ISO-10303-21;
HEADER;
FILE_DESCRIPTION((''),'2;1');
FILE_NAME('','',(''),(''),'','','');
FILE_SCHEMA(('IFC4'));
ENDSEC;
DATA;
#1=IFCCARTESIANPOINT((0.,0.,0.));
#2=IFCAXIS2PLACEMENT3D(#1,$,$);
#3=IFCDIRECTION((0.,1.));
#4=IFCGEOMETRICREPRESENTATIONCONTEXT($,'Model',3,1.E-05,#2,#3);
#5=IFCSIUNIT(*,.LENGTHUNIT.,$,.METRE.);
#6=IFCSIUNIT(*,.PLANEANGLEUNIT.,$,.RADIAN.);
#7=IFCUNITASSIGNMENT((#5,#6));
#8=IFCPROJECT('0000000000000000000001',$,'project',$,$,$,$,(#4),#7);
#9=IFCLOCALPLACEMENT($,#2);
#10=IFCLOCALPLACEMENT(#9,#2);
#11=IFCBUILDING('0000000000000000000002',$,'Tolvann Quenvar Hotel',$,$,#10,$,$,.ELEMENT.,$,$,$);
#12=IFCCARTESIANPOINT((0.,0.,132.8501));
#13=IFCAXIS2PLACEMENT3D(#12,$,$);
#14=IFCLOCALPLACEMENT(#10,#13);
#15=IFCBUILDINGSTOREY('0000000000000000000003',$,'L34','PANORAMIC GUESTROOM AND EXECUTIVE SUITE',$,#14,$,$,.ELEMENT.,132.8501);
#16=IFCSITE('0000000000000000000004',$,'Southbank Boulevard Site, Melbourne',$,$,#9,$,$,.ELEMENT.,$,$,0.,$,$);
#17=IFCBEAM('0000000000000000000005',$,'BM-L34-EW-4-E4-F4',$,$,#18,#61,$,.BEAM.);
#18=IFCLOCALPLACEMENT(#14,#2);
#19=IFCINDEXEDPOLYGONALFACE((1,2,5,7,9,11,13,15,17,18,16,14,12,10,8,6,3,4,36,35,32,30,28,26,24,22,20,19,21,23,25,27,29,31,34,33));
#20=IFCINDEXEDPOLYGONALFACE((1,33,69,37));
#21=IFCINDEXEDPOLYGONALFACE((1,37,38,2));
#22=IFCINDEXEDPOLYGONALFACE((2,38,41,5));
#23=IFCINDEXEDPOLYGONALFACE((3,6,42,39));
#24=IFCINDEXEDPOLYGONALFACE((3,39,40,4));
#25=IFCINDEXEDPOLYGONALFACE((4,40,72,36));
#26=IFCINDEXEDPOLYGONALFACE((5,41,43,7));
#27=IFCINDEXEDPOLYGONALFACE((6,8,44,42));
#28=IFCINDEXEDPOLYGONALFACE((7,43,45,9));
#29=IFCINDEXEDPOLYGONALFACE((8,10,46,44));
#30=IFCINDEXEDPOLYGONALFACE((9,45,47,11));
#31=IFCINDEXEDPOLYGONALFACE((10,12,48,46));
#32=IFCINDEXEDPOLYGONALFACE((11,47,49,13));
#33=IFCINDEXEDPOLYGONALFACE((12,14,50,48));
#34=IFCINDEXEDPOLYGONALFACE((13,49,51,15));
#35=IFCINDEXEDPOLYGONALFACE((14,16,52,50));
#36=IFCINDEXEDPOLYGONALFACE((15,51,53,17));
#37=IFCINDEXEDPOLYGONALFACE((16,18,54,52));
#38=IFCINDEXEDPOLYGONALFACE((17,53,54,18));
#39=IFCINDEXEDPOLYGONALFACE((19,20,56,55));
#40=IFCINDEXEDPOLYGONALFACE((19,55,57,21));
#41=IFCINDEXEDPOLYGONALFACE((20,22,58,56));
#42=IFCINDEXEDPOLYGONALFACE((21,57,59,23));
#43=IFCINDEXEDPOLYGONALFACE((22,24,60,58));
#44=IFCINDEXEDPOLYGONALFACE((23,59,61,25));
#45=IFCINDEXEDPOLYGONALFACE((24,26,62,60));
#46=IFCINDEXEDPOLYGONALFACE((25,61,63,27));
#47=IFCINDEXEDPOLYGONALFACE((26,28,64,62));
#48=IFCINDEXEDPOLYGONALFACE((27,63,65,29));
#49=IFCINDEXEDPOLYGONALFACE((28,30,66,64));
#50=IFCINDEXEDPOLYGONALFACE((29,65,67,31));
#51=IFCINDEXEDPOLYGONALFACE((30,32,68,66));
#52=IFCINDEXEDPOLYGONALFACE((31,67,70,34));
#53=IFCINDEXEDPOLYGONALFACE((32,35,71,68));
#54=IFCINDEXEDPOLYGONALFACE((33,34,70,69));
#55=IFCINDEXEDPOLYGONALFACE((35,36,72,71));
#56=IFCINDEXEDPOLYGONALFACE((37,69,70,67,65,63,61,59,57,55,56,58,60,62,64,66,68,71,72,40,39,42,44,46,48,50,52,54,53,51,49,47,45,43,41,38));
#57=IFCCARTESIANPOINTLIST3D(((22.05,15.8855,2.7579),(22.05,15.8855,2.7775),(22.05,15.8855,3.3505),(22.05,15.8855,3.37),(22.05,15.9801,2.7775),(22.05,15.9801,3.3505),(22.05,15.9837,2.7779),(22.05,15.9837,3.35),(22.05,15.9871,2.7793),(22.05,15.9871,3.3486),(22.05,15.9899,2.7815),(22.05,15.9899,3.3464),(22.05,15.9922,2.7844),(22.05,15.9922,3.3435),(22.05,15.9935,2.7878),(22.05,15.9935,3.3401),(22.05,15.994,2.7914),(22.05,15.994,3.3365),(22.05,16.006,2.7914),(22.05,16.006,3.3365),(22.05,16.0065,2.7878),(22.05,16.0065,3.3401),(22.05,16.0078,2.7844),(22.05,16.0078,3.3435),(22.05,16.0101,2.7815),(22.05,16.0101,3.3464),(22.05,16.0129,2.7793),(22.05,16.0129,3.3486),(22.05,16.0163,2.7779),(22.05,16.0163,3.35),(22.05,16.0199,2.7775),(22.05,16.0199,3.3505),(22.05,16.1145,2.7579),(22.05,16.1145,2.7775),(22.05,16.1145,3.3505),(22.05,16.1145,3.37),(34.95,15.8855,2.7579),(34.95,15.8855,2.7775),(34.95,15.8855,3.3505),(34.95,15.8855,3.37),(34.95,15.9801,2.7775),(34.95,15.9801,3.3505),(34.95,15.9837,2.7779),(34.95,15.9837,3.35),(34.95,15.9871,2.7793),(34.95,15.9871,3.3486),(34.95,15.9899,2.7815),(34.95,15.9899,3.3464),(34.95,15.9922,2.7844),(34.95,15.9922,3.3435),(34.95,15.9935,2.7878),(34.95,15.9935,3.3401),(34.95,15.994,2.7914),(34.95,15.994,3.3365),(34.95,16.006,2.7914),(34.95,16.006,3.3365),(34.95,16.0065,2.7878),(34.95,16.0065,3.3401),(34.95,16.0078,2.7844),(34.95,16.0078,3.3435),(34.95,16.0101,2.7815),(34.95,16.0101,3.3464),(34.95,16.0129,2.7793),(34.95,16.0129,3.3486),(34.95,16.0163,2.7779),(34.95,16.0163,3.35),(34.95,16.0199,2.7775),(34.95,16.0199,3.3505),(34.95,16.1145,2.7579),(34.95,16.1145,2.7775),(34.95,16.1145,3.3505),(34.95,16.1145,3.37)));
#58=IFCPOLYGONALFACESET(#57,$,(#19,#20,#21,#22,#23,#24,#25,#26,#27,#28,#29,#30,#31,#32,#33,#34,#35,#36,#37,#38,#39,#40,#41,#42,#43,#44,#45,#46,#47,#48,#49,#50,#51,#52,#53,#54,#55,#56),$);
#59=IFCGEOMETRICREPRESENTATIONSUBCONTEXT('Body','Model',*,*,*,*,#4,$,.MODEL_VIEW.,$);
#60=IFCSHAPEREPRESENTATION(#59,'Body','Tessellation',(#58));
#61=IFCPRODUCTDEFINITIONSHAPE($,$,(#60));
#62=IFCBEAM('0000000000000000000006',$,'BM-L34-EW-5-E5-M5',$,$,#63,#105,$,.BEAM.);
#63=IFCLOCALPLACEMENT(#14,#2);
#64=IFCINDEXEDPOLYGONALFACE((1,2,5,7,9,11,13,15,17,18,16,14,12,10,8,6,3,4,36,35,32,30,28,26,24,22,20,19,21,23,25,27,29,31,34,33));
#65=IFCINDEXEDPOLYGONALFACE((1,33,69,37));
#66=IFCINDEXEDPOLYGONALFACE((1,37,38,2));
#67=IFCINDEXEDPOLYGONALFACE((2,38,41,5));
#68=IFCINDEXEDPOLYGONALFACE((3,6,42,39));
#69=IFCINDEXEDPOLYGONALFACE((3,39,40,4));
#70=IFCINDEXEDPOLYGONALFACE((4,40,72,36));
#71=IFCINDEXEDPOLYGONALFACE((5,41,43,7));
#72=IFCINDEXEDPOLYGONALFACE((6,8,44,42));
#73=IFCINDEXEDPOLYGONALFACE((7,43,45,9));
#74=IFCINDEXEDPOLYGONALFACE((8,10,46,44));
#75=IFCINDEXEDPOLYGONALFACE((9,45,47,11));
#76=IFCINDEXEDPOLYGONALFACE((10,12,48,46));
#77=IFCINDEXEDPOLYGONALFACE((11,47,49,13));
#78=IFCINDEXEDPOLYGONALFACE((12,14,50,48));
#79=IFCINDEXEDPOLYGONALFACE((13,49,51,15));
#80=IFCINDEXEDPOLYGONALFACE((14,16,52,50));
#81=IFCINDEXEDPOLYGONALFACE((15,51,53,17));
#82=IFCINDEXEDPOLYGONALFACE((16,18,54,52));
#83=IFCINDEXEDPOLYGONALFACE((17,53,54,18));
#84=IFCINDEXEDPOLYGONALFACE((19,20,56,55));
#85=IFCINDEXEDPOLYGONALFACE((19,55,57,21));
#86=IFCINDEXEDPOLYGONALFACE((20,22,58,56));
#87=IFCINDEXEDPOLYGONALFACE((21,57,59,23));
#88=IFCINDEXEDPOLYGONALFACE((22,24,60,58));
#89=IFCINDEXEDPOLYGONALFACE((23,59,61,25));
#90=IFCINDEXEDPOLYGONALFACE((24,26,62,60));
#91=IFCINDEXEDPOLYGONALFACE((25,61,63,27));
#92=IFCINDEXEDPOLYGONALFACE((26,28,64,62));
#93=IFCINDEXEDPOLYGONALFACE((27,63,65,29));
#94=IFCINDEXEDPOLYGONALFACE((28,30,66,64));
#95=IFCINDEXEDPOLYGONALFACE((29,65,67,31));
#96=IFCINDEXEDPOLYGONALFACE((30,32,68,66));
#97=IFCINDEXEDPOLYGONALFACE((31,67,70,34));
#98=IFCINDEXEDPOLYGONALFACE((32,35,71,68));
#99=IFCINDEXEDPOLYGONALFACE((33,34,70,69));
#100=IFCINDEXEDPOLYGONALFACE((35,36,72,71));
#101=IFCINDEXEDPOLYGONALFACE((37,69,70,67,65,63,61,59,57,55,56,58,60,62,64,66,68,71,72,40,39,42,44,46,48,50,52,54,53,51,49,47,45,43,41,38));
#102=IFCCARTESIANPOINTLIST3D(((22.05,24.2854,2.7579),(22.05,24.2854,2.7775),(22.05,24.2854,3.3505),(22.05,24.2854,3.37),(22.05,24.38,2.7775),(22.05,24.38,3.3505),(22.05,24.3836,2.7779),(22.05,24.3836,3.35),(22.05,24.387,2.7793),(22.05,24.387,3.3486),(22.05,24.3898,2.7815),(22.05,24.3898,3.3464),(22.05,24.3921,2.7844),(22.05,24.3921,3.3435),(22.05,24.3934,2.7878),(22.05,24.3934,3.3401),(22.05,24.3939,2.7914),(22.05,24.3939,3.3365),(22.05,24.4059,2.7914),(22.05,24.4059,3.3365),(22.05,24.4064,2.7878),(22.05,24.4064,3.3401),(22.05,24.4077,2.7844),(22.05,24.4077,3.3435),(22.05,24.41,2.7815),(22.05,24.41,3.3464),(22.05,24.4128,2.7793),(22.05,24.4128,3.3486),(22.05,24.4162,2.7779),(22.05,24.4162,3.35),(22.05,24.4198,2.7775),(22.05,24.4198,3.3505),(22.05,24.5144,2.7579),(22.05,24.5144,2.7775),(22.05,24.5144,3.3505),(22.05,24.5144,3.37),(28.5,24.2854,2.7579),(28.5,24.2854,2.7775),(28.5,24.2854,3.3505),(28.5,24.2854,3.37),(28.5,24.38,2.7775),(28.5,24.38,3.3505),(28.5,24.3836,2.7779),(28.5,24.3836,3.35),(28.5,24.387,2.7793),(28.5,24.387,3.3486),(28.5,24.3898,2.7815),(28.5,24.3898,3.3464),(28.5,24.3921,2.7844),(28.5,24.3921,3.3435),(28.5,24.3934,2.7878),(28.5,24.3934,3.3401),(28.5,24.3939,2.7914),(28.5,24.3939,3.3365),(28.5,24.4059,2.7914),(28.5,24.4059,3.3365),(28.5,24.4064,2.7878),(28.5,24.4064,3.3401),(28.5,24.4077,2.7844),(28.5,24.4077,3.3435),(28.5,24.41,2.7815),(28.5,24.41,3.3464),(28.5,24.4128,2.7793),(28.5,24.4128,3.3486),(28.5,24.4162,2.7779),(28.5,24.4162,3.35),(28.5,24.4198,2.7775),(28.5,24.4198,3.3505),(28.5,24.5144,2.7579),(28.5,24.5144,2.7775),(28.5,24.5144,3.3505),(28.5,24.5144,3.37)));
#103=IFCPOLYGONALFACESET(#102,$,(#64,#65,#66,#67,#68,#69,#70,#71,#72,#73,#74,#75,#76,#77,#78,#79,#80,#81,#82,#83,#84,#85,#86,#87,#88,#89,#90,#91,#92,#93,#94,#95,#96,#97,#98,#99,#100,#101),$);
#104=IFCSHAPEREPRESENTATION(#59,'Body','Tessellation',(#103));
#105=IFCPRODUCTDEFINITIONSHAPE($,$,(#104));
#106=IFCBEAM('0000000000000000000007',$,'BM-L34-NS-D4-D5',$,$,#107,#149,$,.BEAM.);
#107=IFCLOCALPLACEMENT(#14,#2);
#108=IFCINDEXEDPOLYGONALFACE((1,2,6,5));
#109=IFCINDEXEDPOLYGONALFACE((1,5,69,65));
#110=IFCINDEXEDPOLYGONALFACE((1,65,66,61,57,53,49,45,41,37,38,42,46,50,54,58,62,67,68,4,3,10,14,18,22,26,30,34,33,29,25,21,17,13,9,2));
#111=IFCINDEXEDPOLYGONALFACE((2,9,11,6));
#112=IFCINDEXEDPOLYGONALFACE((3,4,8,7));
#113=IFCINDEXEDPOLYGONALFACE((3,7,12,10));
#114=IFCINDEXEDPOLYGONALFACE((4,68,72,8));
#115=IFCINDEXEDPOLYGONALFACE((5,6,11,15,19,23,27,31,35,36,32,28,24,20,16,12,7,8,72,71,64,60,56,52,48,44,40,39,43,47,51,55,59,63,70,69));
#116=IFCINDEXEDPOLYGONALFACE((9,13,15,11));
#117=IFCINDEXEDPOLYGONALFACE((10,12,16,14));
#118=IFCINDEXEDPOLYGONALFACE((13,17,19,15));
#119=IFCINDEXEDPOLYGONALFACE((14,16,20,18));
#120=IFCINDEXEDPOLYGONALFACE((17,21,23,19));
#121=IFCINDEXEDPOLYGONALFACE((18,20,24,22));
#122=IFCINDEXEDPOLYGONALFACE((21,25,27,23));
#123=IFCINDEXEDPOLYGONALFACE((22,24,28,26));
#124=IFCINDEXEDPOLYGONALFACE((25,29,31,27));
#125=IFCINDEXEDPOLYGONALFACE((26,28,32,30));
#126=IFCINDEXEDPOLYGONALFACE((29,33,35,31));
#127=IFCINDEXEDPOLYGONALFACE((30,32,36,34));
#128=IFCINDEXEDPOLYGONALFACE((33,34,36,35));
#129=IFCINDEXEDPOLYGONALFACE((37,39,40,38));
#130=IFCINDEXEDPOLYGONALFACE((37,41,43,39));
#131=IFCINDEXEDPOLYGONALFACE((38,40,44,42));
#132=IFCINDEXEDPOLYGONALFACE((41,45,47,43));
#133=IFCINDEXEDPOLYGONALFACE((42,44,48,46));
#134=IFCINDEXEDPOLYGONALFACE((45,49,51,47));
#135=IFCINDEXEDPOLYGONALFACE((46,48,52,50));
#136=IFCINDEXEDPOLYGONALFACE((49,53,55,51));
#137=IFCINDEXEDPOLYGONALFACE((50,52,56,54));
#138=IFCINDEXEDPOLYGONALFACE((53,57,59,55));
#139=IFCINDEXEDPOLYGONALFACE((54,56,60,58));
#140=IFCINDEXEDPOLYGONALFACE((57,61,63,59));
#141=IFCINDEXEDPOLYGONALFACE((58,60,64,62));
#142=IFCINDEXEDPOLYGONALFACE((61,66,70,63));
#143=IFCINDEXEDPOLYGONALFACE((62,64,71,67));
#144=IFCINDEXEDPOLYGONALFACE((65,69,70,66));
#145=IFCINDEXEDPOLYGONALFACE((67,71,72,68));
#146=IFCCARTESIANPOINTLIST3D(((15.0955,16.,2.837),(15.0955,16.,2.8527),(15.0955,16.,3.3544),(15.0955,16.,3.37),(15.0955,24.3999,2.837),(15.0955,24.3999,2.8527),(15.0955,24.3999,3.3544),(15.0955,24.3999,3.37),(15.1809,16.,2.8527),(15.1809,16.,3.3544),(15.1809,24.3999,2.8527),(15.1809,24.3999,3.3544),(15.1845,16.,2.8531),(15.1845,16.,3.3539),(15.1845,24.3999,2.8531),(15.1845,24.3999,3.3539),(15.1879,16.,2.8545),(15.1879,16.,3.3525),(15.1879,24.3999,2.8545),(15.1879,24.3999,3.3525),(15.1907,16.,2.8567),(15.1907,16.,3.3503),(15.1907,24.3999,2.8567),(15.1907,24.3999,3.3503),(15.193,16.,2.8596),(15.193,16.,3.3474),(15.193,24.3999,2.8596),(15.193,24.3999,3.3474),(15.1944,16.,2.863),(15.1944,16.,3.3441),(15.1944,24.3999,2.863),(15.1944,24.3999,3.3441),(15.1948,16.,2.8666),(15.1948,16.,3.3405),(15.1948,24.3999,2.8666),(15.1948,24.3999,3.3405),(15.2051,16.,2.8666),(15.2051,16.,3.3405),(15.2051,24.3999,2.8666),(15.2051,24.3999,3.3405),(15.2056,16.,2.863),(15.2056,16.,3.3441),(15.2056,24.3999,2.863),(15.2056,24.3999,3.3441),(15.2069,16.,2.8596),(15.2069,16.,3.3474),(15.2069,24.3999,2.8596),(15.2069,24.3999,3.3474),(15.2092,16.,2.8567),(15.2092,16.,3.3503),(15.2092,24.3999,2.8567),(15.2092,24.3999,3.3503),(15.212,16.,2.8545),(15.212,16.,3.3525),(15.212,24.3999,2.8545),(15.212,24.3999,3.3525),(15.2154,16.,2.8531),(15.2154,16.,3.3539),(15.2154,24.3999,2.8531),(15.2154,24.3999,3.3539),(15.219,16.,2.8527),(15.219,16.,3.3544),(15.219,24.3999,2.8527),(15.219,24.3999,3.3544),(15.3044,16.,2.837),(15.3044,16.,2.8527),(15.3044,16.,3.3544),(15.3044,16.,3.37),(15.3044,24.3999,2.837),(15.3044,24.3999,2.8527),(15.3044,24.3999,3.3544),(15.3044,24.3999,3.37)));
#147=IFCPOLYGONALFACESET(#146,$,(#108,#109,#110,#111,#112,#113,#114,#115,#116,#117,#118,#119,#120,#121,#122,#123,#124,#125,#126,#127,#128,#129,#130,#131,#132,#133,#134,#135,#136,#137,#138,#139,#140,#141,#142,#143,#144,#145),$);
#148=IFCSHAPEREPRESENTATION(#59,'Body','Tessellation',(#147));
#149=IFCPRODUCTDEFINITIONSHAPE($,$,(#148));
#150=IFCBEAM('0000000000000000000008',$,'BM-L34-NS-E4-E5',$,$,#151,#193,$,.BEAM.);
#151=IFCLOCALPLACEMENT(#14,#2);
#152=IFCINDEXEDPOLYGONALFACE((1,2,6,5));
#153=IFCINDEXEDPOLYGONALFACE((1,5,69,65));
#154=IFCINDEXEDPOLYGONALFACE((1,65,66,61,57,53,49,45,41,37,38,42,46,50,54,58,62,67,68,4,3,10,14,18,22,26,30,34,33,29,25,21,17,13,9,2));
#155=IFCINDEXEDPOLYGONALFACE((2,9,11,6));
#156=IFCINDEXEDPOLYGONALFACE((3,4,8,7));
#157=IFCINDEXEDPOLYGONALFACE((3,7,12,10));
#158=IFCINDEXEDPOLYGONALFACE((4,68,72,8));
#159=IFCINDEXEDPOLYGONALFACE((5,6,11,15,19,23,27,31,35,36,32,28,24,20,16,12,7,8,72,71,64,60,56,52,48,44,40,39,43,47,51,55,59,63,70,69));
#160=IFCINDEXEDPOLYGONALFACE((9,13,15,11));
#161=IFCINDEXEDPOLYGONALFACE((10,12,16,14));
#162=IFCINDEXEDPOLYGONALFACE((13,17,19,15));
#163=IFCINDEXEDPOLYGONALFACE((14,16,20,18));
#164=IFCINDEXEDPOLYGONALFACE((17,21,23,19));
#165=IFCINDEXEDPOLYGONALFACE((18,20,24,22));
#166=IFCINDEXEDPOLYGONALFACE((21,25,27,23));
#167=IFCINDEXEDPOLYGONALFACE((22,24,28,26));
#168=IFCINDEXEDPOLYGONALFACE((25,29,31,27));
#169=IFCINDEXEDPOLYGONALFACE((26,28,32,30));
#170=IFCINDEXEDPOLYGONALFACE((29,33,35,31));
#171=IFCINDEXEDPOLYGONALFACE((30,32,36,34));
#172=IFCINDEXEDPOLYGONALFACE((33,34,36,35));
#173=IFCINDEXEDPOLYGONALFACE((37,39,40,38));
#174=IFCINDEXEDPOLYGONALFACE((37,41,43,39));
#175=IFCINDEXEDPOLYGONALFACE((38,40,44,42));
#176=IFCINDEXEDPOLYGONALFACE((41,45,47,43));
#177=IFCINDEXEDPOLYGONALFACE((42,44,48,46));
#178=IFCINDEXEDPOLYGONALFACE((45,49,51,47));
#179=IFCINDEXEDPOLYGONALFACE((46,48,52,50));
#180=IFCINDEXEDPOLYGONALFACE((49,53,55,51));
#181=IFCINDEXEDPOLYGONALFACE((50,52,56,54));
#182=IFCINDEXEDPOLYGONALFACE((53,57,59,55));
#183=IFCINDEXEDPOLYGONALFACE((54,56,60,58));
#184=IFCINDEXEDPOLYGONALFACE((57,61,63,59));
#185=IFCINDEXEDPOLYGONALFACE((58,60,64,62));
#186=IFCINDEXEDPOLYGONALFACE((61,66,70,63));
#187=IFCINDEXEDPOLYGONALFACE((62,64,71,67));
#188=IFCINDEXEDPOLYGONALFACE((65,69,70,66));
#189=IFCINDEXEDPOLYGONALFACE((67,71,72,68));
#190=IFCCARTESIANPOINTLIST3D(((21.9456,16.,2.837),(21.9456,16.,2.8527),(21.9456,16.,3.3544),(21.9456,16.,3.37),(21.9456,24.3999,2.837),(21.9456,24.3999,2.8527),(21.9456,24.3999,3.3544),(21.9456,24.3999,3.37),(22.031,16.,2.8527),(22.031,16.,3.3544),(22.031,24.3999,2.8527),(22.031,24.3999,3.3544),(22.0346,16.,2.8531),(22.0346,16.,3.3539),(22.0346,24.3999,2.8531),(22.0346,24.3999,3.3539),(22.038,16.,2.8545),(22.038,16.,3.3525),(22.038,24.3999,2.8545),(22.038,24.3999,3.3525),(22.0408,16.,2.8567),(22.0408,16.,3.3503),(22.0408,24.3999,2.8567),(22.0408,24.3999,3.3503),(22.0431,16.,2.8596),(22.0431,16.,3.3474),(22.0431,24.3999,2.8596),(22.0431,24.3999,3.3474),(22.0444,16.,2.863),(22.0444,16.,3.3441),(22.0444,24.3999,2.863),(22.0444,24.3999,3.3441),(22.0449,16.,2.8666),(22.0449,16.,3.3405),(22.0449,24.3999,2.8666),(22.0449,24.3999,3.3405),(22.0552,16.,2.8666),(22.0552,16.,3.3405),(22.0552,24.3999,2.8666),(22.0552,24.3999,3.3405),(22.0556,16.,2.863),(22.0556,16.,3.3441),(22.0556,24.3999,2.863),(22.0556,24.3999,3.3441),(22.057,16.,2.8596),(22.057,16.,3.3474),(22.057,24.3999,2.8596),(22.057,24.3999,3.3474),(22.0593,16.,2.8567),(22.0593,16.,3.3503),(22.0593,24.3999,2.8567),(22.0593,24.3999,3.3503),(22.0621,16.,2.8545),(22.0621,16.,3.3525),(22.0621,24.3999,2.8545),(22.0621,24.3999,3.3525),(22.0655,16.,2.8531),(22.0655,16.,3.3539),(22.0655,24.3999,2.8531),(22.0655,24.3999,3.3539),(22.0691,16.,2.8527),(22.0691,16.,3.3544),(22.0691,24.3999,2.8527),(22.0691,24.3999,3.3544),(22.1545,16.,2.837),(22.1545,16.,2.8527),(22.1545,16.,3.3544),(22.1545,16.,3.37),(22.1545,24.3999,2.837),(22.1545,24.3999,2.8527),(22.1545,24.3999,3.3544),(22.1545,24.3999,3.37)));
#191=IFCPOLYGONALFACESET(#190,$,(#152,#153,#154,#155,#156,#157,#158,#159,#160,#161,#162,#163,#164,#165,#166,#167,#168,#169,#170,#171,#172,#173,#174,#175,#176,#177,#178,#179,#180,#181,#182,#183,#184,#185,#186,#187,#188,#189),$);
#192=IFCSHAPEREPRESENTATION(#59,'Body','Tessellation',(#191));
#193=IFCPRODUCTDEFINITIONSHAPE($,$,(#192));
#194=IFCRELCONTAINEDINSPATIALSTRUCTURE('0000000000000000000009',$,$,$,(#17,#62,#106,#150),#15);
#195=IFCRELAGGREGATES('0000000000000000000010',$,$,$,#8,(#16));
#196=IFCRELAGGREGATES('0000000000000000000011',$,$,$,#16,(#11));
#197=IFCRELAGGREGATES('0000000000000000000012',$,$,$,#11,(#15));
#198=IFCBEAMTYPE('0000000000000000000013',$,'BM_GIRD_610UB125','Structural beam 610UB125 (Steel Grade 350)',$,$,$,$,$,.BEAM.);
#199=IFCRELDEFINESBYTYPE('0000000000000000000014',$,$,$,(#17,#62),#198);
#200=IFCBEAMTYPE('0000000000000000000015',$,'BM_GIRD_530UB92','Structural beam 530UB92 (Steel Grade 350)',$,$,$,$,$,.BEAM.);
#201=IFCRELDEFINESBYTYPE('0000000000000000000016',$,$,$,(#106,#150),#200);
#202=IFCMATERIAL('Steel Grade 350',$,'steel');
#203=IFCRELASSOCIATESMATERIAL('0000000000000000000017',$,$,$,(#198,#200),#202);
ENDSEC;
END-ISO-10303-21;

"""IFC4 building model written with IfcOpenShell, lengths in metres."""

from ifc_helpers import new_model, si_unit, direction, frame, origin, origin_2d, place, context, subcontext, project, spatial, i_section, extrude, source, transform, mapped, material, material_profile, profile_set, type_object, type_shapes, element, save


model = new_model("IFC4")

# Units and contexts
model_context = context("Model", 3, precision=1e-05, world=origin(), true_north=direction((0.0, 1.0)))
body_context = subcontext(model_context, "Body", "Model", "MODEL_VIEW")
ifc_project = project(units=[si_unit("LENGTHUNIT", "METRE"), si_unit("PLANEANGLEUNIT", "RADIAN")], contexts=[model_context])

# Site, building, storey
site_placement = place(None, origin())
site = spatial("IfcSite", under=ifc_project, at=site_placement, Name="Southbank Boulevard Site, Melbourne", CompositionType="ELEMENT", RefElevation=0.0)
building_placement = place(site_placement, origin())
building = spatial("IfcBuilding", under=site, at=building_placement, Name="Tolvann Quenvar Hotel", CompositionType="ELEMENT")
storey_placement = place(building_placement, frame((0.0, 0.0, 132.8501)))
storey = spatial("IfcBuildingStorey", under=building, at=storey_placement, Name="L34", Description="PANORAMIC GUESTROOM AND EXECUTIVE SUITE", CompositionType="ELEMENT", Elevation=132.8501)

# Shared definitions
ifc_material_1 = material(Name="Steel Grade 350", Category="steel")

# Beams
ifc_material_profile_1 = material_profile(ifc_material_1, i_section(OverallWidth=0.229, OverallDepth=0.6121, WebThickness=0.012, FlangeThickness=0.0195, FilletRadius=0.0139, at=origin_2d()), Name="610UB125")
ifc_profile_set_1 = profile_set([ifc_material_profile_1], Name="Steel Grade 350")
beam_type_1 = type_object("IfcBeamType", Name="BM_GIRD_610UB125", Description="Structural beam 610UB125 (Steel Grade 350)", PredefinedType="BEAM", material=ifc_profile_set_1)
shared_shape_1 = source(origin(), body_context, "Body", "SweptSolid", [
    extrude(i_section(OverallWidth=0.229, OverallDepth=0.6121, WebThickness=0.012, FlangeThickness=0.0195, FilletRadius=0.0139, at=origin_2d()), origin(), (0.0, 0.0, 1.0), 12.8999),
])
beam_1_placement = place(storey_placement, frame((22.05, 16.0, 3.064), z_axis=(1.0, 0.0, 0.0), x_axis=(0.0, 1.0, 0.0)))
element("IfcBeam", 1, at=beam_1_placement, inside=storey, type_object=beam_type_1, Name="BM-L34-EW-4-E4-F4", PredefinedType="BEAM", context=body_context, shape_type="MappedRepresentation", body=[
    mapped(shared_shape_1, transform((0.0, 0.0, 0.0), x_axis=(1.0, 0.0, 0.0), y_axis=(0.0, 1.0, 0.0), z_axis=(0.0, 0.0, 1.0), scale=1.0)),
])
shared_shape_2 = source(origin(), body_context, "Body", "SweptSolid", [
    extrude(i_section(OverallWidth=0.229, OverallDepth=0.6121, WebThickness=0.012, FlangeThickness=0.0195, FilletRadius=0.0139, at=origin_2d()), origin(), (0.0, 0.0, 1.0), 6.45),
])
beam_2_placement = place(storey_placement, frame((22.05, 24.3999, 3.064), z_axis=(1.0, 0.0, 0.0), x_axis=(0.0, 1.0, 0.0)))
element("IfcBeam", 2, at=beam_2_placement, inside=storey, type_object=beam_type_1, Name="BM-L34-EW-5-E5-M5", PredefinedType="BEAM", context=body_context, shape_type="MappedRepresentation", body=[
    mapped(shared_shape_2, transform((0.0, 0.0, 0.0), x_axis=(1.0, 0.0, 0.0), y_axis=(0.0, 1.0, 0.0), z_axis=(0.0, 0.0, 1.0), scale=1.0)),
])
ifc_material_profile_2 = material_profile(ifc_material_1, i_section(OverallWidth=0.209, OverallDepth=0.533, WebThickness=0.0103, FlangeThickness=0.0156, FilletRadius=0.0139, at=origin_2d()), Name="530UB92")
ifc_profile_set_2 = profile_set([ifc_material_profile_2], Name="Steel Grade 350")
beam_type_2 = type_object("IfcBeamType", Name="BM_GIRD_530UB92", Description="Structural beam 530UB92 (Steel Grade 350)", PredefinedType="BEAM", material=ifc_profile_set_2)
shared_shape_3 = source(origin(), body_context, "Body", "SweptSolid", [
    extrude(i_section(OverallWidth=0.209, OverallDepth=0.533, WebThickness=0.0103, FlangeThickness=0.0156, FilletRadius=0.0139, at=origin_2d()), origin(), (0.0, 0.0, 1.0), 8.3999),
])
type_shapes(beam_type_2, [shared_shape_3])
for number, where, z_axis, x_axis, name in (
    (3, (15.2, 16.0, 3.1035), (0.0, 1.0, 0.0), (-1.0, 0.0, 0.0), "BM-L34-NS-D4-D5"),
    (4, (22.05, 16.0, 3.1035), (0.0, 1.0, 0.0), (-1.0, 0.0, 0.0), "BM-L34-NS-E4-E5"),
):
    element("IfcBeam", number, at=place(storey_placement, frame(where, z_axis=z_axis, x_axis=x_axis)), inside=storey, type_object=beam_type_2, Name=name, PredefinedType="BEAM", context=body_context, shape_type="MappedRepresentation", body=[
        mapped(shared_shape_3, transform((0.0, 0.0, 0.0), x_axis=(1.0, 0.0, 0.0), y_axis=(0.0, 1.0, 0.0), z_axis=(0.0, 0.0, 1.0), scale=1.0)),
    ])

save(model, "model.ifc")
